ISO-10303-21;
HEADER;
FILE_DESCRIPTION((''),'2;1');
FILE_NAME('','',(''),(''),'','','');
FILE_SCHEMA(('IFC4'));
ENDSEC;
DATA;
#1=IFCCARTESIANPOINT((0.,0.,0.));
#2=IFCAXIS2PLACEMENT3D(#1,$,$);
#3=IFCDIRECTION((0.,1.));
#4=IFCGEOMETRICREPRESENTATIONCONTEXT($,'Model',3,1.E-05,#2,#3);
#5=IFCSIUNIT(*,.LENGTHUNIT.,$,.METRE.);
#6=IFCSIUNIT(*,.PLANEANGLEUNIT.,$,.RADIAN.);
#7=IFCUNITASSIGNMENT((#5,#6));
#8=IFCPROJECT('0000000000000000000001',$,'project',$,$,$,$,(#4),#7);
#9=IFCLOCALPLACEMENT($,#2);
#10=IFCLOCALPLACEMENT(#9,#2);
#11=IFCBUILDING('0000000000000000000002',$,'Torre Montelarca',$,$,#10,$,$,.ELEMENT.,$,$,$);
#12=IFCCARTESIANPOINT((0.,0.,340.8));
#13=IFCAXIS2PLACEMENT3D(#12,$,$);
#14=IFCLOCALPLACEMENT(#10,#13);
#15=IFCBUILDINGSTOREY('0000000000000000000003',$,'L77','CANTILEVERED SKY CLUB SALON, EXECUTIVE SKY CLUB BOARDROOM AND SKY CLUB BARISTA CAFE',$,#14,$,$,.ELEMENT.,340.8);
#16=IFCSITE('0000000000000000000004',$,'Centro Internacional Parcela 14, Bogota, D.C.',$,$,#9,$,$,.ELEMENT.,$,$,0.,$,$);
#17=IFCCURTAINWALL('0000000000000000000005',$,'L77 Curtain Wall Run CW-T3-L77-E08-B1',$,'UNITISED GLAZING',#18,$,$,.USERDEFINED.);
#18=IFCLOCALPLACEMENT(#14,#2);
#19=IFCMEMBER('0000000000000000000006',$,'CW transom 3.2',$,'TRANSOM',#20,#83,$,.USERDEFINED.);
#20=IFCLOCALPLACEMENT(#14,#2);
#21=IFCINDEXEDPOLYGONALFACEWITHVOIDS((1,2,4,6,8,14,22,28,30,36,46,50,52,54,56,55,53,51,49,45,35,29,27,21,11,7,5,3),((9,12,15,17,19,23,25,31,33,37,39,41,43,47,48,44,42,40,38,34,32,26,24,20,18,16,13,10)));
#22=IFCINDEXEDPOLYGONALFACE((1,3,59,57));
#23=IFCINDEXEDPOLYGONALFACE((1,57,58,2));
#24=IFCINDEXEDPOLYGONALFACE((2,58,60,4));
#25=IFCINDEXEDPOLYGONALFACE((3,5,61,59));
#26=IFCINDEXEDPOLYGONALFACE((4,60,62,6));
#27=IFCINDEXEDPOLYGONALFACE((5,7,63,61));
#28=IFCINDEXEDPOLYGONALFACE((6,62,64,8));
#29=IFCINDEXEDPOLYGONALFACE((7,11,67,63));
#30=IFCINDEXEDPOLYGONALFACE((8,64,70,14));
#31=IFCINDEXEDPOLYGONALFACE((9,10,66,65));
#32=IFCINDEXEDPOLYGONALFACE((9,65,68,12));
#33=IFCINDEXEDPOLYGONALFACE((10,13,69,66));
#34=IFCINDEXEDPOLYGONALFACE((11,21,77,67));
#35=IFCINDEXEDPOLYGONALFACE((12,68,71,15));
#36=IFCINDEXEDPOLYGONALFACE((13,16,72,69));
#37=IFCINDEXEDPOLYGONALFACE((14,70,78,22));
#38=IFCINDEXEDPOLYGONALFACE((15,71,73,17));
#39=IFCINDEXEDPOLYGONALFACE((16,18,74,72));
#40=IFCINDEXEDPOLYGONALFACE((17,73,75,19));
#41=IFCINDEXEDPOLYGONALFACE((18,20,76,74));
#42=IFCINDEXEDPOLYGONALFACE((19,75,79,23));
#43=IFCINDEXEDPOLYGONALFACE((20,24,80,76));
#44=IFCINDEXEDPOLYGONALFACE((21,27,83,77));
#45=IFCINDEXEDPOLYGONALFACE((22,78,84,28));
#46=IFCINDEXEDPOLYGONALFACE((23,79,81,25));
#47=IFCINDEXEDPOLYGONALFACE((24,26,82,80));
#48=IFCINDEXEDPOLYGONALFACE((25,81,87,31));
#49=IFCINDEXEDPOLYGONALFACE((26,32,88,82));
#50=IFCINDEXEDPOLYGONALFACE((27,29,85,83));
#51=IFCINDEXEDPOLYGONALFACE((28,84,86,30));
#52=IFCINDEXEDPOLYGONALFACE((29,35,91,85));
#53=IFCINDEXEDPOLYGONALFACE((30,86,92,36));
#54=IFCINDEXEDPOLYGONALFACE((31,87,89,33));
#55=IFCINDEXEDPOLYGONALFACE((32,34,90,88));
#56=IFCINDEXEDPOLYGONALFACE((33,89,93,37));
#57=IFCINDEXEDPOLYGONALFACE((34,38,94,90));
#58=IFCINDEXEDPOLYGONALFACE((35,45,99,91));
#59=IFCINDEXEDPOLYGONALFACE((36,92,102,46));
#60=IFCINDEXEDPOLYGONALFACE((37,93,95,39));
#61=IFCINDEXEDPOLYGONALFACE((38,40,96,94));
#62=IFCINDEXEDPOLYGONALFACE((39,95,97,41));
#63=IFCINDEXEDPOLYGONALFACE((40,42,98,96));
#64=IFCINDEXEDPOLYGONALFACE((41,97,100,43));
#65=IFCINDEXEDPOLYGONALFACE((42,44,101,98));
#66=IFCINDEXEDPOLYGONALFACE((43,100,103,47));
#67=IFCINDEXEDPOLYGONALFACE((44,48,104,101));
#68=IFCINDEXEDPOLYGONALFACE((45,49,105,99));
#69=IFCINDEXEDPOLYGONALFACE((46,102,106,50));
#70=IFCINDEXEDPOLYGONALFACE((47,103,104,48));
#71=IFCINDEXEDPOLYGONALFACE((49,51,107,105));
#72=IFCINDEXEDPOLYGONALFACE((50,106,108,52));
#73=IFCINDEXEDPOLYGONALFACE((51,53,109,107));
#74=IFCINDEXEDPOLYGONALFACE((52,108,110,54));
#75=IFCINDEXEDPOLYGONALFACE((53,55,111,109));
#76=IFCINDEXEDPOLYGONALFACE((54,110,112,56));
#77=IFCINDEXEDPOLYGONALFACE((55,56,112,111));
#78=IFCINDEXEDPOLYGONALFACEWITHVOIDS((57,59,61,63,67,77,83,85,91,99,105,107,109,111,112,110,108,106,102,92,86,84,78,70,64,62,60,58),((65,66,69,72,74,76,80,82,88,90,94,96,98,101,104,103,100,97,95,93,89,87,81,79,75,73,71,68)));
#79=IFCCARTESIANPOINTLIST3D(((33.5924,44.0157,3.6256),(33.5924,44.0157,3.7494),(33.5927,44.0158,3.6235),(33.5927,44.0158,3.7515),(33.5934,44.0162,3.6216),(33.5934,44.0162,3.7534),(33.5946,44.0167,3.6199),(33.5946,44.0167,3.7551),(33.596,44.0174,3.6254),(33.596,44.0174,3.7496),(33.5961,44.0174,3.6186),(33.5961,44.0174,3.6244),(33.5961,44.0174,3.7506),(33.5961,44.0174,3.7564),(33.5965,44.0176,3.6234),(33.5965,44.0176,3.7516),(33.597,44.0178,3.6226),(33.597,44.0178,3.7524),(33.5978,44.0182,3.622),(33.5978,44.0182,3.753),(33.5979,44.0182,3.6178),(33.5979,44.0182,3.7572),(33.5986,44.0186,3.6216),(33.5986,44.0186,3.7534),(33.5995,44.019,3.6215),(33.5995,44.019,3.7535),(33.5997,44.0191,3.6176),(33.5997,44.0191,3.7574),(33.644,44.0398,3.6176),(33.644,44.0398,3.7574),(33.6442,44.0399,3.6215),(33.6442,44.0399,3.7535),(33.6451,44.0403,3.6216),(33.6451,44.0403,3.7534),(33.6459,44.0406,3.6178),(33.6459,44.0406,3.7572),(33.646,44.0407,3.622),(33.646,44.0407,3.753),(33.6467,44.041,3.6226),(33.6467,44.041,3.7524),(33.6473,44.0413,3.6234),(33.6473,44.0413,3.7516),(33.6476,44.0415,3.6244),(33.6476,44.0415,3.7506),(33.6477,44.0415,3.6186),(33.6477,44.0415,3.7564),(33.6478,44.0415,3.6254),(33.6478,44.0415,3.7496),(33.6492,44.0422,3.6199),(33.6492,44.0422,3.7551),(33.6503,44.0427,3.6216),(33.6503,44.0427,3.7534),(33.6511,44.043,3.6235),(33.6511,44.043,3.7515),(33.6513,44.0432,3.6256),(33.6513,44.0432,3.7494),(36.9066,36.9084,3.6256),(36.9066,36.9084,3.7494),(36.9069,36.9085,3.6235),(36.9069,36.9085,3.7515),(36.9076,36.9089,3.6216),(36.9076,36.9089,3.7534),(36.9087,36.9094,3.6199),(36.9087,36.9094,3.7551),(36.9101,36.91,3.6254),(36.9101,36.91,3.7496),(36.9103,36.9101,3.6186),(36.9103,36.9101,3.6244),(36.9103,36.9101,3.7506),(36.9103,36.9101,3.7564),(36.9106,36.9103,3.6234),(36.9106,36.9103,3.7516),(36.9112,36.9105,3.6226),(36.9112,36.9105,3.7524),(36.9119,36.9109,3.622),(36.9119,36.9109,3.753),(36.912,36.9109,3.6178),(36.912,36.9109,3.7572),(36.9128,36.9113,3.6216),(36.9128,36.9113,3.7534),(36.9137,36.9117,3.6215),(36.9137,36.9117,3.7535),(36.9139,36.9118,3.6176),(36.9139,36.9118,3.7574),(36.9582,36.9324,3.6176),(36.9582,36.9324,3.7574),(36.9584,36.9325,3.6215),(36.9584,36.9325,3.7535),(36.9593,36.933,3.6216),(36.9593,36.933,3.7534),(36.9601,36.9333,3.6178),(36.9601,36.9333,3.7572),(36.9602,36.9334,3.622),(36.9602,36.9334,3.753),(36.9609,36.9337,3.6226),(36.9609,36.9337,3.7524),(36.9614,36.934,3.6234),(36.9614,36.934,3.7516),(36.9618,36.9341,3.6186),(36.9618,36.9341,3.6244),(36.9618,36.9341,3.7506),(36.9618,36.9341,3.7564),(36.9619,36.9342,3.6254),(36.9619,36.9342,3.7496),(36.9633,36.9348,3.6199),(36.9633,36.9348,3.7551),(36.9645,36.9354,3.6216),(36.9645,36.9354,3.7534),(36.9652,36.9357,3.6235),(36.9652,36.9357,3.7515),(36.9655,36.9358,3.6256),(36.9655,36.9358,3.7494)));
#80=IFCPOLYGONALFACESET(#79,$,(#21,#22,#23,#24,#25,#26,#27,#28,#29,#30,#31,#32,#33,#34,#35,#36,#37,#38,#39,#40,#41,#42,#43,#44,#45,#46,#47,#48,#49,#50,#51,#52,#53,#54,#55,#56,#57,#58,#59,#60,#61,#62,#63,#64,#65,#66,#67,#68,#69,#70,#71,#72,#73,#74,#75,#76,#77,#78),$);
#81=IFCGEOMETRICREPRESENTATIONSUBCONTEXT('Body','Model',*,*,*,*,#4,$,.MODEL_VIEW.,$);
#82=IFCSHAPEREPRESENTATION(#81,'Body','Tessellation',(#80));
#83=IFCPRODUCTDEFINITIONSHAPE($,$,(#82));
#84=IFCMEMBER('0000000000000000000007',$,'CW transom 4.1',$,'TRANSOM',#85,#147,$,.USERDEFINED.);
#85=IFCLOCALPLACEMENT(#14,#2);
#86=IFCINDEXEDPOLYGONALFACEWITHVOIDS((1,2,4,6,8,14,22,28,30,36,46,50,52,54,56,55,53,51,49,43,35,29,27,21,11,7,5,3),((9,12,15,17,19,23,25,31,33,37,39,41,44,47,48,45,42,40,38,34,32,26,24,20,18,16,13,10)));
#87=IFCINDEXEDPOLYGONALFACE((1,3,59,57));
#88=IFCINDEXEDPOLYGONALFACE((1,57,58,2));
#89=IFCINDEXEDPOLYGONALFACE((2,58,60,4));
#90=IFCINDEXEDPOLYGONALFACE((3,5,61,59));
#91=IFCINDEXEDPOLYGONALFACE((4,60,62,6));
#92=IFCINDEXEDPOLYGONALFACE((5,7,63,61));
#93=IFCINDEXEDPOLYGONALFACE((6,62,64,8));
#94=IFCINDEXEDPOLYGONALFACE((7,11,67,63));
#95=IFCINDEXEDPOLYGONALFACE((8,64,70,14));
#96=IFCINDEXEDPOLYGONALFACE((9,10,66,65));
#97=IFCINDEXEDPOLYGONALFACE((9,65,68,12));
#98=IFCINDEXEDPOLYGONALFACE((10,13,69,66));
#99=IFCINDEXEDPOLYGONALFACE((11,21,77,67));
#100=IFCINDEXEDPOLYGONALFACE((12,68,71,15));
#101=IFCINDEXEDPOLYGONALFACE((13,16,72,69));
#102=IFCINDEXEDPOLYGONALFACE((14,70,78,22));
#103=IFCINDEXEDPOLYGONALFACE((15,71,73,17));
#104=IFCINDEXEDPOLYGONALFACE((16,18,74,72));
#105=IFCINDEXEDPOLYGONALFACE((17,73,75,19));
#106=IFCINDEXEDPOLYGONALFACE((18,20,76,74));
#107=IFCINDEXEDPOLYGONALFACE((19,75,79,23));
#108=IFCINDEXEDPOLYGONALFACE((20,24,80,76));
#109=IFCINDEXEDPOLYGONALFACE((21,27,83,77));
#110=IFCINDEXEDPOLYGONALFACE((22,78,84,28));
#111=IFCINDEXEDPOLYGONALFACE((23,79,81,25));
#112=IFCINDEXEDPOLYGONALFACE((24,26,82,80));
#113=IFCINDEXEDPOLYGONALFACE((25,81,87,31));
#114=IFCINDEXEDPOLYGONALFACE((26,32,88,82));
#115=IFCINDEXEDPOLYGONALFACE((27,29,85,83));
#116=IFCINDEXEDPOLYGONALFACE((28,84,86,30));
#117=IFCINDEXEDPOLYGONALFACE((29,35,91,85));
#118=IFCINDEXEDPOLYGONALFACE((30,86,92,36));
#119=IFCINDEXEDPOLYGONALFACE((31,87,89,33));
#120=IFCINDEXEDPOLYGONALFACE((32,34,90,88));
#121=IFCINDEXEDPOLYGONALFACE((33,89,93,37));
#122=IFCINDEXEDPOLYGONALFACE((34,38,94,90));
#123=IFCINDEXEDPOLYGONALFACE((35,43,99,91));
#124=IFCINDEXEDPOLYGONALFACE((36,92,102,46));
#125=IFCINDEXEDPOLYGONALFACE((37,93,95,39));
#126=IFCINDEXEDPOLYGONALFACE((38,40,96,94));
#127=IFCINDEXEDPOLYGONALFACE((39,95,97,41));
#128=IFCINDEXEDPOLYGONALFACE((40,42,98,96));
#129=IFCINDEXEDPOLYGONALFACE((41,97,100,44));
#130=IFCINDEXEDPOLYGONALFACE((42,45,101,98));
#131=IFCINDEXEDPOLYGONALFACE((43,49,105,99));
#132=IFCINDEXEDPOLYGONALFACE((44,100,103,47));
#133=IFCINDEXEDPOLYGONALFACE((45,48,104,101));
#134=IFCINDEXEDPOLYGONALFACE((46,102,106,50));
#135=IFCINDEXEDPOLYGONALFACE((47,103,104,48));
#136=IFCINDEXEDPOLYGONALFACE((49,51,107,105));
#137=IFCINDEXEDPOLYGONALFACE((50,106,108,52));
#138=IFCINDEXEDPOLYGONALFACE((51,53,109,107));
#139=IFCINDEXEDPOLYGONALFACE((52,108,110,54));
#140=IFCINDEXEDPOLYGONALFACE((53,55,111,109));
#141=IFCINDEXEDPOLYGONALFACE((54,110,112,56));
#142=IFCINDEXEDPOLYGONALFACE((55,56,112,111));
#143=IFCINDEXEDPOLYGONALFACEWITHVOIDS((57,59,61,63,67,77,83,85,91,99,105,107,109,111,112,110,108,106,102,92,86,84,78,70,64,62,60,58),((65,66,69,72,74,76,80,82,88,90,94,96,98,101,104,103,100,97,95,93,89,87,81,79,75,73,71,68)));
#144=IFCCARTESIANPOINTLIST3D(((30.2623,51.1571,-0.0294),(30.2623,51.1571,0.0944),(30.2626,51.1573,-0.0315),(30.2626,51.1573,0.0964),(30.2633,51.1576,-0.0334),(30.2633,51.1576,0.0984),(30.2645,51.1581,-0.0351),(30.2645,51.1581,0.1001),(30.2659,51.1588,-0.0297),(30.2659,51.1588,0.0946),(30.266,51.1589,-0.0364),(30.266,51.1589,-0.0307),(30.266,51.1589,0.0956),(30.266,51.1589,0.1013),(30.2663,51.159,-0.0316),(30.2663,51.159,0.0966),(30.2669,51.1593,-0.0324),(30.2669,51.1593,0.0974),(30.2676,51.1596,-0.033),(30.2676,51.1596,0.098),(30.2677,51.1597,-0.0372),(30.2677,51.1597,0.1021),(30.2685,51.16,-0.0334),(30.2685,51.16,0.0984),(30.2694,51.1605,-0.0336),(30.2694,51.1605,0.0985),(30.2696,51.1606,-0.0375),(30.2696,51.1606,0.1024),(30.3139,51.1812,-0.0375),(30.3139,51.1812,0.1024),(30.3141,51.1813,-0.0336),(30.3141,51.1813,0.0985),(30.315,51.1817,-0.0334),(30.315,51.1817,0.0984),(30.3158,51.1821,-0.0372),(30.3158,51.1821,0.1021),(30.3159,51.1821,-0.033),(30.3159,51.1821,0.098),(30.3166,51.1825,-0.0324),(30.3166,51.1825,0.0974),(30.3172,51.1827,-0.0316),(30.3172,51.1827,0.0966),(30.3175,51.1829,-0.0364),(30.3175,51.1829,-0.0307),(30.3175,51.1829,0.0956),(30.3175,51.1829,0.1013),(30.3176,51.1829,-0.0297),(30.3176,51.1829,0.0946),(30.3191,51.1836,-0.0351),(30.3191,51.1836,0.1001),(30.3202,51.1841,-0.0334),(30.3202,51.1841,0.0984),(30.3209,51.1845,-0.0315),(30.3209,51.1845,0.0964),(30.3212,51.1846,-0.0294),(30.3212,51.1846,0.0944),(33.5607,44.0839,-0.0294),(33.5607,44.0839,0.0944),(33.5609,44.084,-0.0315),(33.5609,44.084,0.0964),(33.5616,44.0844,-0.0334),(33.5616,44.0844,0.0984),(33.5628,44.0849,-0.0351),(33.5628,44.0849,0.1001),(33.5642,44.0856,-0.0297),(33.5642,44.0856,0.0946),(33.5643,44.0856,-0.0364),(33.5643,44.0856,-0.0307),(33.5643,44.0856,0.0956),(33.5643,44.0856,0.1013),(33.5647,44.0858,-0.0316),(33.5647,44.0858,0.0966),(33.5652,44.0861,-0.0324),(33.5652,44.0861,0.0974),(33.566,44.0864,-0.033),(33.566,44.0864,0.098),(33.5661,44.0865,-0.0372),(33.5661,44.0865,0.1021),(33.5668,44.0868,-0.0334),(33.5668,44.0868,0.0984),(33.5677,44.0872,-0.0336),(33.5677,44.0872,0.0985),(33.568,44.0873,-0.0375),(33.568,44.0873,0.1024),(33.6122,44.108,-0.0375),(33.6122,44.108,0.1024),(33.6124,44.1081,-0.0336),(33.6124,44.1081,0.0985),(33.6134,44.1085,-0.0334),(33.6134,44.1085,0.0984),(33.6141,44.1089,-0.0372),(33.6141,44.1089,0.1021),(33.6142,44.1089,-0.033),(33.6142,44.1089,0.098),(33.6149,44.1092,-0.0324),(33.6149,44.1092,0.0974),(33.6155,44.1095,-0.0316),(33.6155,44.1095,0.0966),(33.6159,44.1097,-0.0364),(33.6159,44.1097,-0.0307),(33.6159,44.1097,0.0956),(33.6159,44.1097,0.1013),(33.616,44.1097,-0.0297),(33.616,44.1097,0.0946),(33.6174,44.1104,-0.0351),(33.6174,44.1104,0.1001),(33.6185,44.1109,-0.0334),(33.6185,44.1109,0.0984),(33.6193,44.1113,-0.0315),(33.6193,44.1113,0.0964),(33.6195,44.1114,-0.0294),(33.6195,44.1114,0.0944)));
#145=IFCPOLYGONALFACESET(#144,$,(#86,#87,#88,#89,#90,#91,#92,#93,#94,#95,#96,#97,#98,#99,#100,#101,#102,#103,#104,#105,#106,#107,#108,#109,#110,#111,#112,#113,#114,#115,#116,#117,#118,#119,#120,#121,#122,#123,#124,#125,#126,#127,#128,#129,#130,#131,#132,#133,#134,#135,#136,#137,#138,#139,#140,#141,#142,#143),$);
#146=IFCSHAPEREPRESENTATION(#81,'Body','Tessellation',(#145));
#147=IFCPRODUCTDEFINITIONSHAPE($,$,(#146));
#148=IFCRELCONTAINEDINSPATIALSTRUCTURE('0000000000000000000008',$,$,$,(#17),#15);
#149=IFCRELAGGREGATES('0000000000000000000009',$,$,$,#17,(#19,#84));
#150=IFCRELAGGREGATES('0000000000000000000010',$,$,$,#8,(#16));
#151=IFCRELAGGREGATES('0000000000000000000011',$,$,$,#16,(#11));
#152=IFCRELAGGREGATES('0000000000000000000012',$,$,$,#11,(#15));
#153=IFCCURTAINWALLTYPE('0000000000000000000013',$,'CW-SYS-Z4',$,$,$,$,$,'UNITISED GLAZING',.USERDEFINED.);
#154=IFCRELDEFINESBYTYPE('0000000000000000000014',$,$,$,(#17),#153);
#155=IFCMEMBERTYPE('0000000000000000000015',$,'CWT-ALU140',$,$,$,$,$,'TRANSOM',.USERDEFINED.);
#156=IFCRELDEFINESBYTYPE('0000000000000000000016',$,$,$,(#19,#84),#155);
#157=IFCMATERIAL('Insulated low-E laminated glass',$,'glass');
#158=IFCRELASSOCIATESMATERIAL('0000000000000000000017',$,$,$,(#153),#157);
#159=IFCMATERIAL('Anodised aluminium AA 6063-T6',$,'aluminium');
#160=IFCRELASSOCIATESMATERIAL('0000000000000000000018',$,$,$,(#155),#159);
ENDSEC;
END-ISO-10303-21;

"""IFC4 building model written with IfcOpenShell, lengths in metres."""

from ifc_helpers import new_model, si_unit, direction, frame, origin, origin_2d, place, context, subcontext, project, spatial, hollow_rectangle, extrude, source, transform, mapped, material, material_profile, profile_set, type_object, element, aggregate, save


model = new_model("IFC4")

# Units and contexts
model_context = context("Model", 3, precision=1e-05, world=origin(), true_north=direction((0.0, 1.0)))
body_context = subcontext(model_context, "Body", "Model", "MODEL_VIEW")
ifc_project = project(units=[si_unit("LENGTHUNIT", "METRE"), si_unit("PLANEANGLEUNIT", "RADIAN")], contexts=[model_context])

# Site, building, storey
site_placement = place(None, origin())
site = spatial("IfcSite", under=ifc_project, at=site_placement, Name="Centro Internacional Parcela 14, Bogota, D.C.", CompositionType="ELEMENT", RefElevation=0.0)
building_placement = place(site_placement, origin())
building = spatial("IfcBuilding", under=site, at=building_placement, Name="Torre Montelarca", CompositionType="ELEMENT")
storey_placement = place(building_placement, frame((0.0, 0.0, 340.8)))
storey = spatial("IfcBuildingStorey", under=building, at=storey_placement, Name="L77", Description="CANTILEVERED SKY CLUB SALON, EXECUTIVE SKY CLUB BOARDROOM AND SKY CLUB BARISTA CAFE", CompositionType="ELEMENT", Elevation=340.8)

# Curtain wall
ifc_material_1 = material(Name="Insulated low-E laminated glass", Category="glass")
curtain_wall_type = type_object("IfcCurtainWallType", Name="CW-SYS-Z4", ElementType="UNITISED GLAZING", PredefinedType="USERDEFINED", material=ifc_material_1)
curtain_wall_1_placement = place(storey_placement, origin())
curtain_wall_1 = element("IfcCurtainWall", 1, at=curtain_wall_1_placement, inside=storey, type_object=curtain_wall_type, Name="L77 Curtain Wall Run CW-T3-L77-E08-B1", ObjectType="UNITISED GLAZING", PredefinedType="USERDEFINED")
ifc_material_2 = material(Name="Anodised aluminium AA 6063-T6", Category="aluminium")
ifc_material_profile_1 = material_profile(ifc_material_2, hollow_rectangle(XDim=0.0649, YDim=0.1399, WallThickness=0.0039, InnerFilletRadius=0.0039, OuterFilletRadius=0.0081, at=origin_2d()), Name="ALU65X140X4", Category="aluminium")
ifc_profile_set_1 = profile_set([ifc_material_profile_1], Name="Anodised aluminium AA 6063-T6")
member_type_1 = type_object("IfcMemberType", Name="CWT-ALU140", ElementType="TRANSOM", PredefinedType="USERDEFINED", material=ifc_profile_set_1)

# Members
shared_shape_1 = source(origin(), body_context, "Body", "SweptSolid", [
    extrude(hollow_rectangle(XDim=0.0649, YDim=0.1399, WallThickness=0.0039, InnerFilletRadius=0.0039, OuterFilletRadius=0.0081, at=origin_2d()), origin(), (0.0, 0.0, 1.0), 7.842),
])
member_1_placement = place(storey_placement, frame((36.936, 36.9221, 3.6875), z_axis=(-0.422614, 0.90631, 0.0), x_axis=(-0.90631, -0.422614, 0.0)))
member_1 = element("IfcMember", 2, at=member_1_placement, type_object=member_type_1, Name="CW transom 3.2", ObjectType="TRANSOM", PredefinedType="USERDEFINED", context=body_context, shape_type="MappedRepresentation", body=[
    mapped(shared_shape_1, transform((0.0, 0.0, 0.0), scale=1.0)),
])
shared_shape_2 = source(origin(), body_context, "Body", "SweptSolid", [
    extrude(hollow_rectangle(XDim=0.0649, YDim=0.1399, WallThickness=0.0039, InnerFilletRadius=0.0039, OuterFilletRadius=0.0081, at=origin_2d()), origin(), (0.0, 0.0, 1.0), 7.8044),
])
member_2_placement = place(storey_placement, frame((33.5901, 44.0977, 0.0325), z_axis=(-0.422622, 0.906306, 0.0), x_axis=(-0.906306, -0.422622, 0.0)))
member_2 = element("IfcMember", 3, at=member_2_placement, type_object=member_type_1, Name="CW transom 4.1", ObjectType="TRANSOM", PredefinedType="USERDEFINED", context=body_context, shape_type="MappedRepresentation", body=[
    mapped(shared_shape_2, transform((0.0, 0.0, 0.0), scale=1.0)),
])

aggregate(curtain_wall_1, [member_1, member_2])

save(model, "model.ifc")
